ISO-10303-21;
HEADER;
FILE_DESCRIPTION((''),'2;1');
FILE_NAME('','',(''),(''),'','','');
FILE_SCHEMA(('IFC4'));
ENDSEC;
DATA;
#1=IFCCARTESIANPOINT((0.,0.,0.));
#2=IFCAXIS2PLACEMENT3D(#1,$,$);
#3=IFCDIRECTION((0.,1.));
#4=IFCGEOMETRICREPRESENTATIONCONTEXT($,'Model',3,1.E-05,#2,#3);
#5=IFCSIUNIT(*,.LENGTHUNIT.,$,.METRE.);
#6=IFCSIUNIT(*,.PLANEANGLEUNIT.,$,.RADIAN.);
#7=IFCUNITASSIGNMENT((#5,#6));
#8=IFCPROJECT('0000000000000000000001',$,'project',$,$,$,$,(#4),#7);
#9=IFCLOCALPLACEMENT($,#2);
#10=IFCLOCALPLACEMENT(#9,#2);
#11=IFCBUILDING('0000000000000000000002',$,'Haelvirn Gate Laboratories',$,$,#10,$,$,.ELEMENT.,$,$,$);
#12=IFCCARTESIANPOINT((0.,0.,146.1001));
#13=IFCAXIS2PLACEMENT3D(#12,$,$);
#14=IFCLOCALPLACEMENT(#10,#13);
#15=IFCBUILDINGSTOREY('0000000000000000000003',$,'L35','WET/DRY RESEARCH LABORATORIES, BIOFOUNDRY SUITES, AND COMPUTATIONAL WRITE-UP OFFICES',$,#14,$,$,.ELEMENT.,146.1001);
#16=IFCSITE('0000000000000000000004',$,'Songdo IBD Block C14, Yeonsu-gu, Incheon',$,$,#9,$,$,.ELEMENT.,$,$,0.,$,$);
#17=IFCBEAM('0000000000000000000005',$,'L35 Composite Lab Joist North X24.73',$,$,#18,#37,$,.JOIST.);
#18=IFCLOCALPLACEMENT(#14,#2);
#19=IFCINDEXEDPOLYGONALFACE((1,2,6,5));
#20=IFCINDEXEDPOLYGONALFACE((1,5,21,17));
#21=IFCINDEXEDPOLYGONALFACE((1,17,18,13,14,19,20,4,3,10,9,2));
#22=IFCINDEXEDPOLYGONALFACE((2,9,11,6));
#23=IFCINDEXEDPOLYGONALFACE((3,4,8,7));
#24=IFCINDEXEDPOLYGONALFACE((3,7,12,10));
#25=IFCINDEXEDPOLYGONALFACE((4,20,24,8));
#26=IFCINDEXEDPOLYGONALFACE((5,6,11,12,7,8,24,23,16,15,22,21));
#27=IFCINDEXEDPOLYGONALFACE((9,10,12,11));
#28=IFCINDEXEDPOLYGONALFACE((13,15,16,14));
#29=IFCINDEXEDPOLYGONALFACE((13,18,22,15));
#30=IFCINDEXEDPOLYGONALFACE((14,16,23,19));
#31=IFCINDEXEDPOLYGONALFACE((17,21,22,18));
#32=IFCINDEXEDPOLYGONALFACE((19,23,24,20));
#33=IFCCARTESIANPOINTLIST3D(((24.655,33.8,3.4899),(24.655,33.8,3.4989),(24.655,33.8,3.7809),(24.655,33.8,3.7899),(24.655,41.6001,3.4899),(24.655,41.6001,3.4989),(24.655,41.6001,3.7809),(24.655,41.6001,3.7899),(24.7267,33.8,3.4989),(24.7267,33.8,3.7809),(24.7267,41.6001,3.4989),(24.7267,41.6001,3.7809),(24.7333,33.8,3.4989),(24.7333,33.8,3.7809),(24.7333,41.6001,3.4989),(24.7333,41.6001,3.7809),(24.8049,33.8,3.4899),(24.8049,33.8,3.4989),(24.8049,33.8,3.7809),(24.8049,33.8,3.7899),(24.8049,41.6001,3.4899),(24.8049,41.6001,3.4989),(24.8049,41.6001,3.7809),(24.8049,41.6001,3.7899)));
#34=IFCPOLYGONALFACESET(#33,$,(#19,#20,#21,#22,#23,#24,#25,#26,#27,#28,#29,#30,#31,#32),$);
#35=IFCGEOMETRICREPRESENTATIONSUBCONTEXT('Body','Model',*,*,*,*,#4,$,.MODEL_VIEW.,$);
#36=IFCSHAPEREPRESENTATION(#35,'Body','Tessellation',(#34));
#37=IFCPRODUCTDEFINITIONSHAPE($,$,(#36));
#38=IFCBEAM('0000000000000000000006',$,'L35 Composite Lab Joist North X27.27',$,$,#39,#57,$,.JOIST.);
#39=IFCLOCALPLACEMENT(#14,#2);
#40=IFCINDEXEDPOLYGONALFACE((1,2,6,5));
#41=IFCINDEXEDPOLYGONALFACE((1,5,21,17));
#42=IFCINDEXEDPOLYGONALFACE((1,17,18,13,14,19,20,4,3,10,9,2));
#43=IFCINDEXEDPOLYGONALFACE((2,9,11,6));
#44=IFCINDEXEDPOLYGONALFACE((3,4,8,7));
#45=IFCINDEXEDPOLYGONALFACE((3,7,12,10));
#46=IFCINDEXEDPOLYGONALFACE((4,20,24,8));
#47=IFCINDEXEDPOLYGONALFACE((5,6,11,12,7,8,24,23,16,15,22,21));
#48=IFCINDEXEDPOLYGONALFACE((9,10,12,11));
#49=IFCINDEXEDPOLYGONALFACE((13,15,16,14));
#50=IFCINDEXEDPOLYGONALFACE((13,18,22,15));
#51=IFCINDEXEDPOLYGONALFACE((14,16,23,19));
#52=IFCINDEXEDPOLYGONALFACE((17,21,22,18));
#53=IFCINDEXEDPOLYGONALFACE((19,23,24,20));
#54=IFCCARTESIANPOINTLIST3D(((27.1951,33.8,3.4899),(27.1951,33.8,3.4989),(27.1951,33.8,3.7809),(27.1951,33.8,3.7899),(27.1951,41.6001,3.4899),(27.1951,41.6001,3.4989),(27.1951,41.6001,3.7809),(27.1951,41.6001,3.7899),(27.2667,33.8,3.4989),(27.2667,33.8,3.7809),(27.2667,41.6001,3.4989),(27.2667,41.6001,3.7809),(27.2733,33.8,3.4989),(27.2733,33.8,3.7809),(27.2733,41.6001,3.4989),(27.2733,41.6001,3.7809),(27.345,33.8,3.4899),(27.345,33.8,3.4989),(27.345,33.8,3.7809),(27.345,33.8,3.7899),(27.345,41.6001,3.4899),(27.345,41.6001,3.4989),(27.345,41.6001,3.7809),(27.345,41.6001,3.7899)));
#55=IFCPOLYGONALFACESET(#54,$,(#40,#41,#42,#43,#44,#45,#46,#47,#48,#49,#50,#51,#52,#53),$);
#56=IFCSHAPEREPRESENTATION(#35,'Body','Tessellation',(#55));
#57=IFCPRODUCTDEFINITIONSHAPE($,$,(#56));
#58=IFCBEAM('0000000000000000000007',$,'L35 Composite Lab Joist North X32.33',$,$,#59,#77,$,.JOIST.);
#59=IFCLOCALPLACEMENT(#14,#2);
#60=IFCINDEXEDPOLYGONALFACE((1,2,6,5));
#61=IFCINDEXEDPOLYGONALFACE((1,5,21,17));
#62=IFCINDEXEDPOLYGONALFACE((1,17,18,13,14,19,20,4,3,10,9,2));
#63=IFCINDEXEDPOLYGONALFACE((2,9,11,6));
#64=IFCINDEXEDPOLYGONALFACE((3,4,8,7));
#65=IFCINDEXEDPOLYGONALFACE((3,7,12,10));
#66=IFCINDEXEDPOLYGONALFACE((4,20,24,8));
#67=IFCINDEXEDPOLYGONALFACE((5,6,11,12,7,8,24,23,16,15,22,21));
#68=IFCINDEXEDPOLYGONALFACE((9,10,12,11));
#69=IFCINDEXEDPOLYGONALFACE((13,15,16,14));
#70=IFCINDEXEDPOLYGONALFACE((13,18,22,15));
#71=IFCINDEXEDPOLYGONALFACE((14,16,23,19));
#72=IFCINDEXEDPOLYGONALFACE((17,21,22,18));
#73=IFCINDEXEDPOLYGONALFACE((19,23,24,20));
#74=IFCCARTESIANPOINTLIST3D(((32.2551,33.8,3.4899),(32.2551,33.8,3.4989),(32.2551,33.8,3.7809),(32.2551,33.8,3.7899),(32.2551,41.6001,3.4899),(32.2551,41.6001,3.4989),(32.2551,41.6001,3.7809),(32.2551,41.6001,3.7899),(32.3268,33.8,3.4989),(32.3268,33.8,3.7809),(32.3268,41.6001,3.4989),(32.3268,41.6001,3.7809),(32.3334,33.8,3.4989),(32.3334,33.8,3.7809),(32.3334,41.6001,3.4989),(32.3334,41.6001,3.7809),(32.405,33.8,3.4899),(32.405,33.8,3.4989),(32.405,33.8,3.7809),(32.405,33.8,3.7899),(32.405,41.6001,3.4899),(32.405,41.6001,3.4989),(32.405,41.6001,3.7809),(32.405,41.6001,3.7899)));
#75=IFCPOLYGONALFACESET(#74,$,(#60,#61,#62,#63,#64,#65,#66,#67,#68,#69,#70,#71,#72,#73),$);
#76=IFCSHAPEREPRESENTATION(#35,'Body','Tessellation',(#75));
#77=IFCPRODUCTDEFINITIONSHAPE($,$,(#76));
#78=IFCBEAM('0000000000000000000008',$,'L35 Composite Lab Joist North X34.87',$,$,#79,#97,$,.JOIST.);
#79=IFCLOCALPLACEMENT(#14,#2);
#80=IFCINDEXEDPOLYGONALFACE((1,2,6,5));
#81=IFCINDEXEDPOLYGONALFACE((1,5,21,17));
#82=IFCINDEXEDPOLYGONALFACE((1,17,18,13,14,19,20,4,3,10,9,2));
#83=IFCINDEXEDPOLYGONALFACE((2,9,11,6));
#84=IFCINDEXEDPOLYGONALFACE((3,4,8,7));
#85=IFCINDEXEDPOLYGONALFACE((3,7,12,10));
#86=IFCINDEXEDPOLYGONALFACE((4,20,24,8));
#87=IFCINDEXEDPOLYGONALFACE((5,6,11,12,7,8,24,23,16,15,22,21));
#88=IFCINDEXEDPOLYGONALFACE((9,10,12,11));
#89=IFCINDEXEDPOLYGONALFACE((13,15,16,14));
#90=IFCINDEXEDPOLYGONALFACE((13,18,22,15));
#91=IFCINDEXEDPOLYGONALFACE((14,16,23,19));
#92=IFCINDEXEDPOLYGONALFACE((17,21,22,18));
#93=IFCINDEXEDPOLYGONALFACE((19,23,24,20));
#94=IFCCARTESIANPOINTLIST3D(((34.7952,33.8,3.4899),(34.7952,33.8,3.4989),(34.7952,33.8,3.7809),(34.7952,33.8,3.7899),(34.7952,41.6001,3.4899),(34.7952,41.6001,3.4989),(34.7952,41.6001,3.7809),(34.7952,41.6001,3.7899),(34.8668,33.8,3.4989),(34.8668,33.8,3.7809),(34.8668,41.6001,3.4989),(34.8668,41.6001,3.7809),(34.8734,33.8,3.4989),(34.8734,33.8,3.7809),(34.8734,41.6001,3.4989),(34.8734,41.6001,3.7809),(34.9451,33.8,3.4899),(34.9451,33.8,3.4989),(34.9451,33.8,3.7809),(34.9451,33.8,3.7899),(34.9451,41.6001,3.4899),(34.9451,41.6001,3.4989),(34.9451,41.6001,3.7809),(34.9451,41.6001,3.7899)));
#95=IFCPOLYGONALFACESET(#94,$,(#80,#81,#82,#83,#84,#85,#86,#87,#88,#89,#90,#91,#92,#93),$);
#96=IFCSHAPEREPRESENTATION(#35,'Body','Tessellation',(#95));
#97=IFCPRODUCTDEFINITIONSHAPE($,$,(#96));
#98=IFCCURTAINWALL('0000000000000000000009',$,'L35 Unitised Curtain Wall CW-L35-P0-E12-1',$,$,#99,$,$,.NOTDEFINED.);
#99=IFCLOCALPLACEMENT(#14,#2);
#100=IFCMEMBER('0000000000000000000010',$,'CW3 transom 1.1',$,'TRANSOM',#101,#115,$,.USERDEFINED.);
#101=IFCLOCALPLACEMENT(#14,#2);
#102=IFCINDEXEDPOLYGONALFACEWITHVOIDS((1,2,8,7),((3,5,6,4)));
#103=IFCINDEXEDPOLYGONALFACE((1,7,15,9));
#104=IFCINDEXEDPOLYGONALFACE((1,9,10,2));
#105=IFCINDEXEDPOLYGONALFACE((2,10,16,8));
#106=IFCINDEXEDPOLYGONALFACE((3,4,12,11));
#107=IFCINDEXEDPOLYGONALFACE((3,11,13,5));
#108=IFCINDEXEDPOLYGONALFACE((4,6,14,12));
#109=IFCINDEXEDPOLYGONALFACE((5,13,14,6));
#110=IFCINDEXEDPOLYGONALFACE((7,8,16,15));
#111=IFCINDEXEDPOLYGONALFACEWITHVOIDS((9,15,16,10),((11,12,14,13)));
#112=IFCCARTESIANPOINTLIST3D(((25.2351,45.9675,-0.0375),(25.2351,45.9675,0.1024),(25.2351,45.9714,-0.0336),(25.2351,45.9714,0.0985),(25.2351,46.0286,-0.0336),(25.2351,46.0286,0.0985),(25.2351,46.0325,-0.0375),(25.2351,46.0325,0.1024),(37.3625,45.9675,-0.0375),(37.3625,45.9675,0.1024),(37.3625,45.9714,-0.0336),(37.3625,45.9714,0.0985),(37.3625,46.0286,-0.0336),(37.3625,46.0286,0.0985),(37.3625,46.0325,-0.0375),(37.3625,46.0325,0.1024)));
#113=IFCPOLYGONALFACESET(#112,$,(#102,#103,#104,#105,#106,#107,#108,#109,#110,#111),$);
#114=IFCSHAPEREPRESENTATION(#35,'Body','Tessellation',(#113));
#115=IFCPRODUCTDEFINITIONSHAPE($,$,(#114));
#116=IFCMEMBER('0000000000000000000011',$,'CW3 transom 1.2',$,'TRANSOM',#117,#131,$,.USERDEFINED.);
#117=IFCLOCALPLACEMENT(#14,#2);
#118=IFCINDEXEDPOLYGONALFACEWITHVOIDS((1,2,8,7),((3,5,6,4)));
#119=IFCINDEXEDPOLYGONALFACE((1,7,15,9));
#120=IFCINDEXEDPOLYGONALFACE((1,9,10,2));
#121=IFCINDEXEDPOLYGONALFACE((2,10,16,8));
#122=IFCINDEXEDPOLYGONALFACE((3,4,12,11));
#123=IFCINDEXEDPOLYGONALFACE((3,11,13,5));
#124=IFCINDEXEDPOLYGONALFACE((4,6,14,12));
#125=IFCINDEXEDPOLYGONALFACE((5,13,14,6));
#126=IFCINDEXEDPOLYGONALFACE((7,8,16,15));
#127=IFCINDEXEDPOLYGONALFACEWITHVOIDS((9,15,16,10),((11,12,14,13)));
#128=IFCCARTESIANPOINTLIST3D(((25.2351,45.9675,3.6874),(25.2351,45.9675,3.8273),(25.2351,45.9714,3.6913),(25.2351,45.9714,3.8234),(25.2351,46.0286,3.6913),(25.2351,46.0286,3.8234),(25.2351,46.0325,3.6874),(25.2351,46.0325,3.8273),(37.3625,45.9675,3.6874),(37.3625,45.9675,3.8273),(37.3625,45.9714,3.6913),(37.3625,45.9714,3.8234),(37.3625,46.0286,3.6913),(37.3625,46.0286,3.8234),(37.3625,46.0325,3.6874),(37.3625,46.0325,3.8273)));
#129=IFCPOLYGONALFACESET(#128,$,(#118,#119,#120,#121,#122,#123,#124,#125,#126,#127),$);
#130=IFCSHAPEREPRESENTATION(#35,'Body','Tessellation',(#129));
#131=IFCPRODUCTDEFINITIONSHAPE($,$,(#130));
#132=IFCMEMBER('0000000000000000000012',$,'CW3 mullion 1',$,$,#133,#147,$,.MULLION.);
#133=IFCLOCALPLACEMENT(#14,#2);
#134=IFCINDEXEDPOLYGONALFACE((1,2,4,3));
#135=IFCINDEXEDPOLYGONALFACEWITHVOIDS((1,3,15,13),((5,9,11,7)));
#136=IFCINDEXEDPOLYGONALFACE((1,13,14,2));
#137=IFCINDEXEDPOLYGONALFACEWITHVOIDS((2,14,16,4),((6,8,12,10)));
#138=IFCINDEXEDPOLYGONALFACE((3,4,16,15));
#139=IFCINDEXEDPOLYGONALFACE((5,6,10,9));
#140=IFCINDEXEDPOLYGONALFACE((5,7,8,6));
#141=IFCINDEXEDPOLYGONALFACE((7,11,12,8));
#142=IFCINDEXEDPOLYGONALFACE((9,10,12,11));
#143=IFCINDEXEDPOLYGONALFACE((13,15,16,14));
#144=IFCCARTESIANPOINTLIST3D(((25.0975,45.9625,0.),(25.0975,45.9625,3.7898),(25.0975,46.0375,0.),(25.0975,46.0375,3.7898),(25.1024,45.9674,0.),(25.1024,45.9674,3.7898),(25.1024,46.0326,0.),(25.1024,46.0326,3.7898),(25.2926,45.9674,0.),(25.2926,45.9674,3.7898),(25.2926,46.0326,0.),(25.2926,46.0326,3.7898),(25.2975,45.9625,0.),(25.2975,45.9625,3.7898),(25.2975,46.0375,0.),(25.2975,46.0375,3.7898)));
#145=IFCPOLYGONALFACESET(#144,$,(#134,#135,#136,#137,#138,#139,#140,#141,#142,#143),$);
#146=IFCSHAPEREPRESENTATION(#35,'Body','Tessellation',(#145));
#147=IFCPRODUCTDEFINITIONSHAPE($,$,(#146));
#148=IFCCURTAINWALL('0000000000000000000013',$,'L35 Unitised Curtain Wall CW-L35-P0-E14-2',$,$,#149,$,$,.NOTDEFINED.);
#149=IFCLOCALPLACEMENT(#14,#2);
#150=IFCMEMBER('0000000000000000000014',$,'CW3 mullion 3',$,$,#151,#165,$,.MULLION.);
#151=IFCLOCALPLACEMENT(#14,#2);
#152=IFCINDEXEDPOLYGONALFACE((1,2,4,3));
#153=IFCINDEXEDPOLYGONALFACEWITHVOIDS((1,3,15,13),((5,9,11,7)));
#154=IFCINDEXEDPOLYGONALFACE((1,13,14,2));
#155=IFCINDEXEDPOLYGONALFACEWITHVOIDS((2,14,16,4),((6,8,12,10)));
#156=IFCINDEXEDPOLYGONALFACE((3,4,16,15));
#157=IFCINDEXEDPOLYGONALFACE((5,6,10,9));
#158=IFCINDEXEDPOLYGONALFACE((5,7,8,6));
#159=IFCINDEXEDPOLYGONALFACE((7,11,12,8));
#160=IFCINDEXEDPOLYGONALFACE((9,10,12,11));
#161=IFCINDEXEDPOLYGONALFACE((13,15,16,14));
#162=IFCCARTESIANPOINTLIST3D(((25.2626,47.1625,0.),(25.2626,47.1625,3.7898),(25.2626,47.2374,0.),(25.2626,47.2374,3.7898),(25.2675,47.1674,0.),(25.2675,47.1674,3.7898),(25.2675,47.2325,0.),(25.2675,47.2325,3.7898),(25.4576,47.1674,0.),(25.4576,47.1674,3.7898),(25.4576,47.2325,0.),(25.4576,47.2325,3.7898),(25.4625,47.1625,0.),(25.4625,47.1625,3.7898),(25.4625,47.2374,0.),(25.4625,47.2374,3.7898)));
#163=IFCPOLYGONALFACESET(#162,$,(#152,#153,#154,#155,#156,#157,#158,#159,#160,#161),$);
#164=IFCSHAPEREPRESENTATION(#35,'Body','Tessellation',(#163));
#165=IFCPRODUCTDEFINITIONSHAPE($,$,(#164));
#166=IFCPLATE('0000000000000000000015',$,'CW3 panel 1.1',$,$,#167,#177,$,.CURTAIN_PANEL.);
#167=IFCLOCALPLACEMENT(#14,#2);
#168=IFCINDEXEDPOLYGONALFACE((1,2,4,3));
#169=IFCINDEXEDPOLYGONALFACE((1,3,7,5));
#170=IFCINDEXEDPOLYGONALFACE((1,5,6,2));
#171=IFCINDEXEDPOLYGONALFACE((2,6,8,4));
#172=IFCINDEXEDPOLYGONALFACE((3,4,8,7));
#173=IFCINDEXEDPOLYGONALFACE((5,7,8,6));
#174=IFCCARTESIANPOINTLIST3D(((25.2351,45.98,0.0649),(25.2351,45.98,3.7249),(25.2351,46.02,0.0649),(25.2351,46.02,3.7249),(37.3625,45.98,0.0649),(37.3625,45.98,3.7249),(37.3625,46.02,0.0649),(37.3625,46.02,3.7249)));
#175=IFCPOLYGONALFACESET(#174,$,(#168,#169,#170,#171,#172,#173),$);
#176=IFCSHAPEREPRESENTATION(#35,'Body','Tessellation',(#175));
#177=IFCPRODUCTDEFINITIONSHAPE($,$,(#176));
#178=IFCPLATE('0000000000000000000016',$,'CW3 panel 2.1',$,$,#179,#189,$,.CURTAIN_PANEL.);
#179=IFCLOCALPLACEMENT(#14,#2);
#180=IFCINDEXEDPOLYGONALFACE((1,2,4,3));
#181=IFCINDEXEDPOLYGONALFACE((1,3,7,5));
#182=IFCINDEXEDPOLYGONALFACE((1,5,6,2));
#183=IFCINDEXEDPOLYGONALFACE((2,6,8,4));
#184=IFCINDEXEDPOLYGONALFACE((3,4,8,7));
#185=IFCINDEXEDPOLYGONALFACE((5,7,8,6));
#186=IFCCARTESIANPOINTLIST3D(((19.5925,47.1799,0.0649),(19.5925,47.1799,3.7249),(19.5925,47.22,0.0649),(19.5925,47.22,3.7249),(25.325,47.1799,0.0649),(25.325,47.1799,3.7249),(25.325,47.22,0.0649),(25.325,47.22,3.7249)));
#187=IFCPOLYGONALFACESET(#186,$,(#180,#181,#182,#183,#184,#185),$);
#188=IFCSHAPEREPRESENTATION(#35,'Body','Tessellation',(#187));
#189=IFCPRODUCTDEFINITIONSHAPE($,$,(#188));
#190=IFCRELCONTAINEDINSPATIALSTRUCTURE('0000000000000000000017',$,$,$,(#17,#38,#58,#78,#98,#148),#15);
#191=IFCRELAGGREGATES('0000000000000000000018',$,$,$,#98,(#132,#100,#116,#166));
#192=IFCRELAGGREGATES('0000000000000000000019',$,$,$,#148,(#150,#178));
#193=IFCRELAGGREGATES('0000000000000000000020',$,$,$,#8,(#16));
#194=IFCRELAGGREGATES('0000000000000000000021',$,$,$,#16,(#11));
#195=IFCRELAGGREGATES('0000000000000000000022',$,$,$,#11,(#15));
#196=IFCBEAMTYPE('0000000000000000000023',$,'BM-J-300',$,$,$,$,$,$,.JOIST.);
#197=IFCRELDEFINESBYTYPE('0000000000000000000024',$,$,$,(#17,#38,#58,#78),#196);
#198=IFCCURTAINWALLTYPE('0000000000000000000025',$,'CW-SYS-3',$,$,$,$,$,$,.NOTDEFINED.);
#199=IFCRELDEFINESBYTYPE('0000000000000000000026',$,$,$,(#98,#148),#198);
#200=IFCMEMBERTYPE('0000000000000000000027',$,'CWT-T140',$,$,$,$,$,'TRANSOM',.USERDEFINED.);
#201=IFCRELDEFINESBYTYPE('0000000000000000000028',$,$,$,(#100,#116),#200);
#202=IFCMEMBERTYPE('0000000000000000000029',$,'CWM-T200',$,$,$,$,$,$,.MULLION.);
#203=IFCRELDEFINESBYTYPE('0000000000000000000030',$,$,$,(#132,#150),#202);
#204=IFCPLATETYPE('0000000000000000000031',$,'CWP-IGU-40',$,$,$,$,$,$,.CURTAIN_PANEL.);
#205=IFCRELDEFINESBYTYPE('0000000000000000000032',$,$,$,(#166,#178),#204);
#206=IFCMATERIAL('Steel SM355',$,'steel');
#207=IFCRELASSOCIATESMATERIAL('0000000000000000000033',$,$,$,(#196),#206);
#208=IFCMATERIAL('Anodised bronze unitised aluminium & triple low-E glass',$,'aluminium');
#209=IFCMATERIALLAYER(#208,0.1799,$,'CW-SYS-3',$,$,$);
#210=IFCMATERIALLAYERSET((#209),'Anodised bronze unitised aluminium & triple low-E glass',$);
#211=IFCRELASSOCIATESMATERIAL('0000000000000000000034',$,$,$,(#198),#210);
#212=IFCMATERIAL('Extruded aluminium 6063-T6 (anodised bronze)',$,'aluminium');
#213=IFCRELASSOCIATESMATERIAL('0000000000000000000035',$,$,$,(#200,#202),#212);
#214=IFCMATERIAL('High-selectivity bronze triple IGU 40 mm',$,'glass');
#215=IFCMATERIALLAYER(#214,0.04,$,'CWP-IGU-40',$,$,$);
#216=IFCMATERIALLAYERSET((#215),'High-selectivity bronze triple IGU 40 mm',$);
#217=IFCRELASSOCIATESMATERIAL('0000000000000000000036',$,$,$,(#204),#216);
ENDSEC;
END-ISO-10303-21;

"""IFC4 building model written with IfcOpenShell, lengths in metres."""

from ifc_helpers import new_model, si_unit, direction, frame, origin, origin_2d, place, context, subcontext, project, spatial, rectangle, hollow_rectangle, i_section, extrude, source, transform, mapped, material, layer, layer_set, material_profile, profile_set, type_object, type_shapes, element, aggregate, save


model = new_model("IFC4")

# Units and contexts
model_context = context("Model", 3, precision=1e-05, world=origin(), true_north=direction((0.0, 1.0)))
body_context = subcontext(model_context, "Body", "Model", "MODEL_VIEW")
ifc_project = project(units=[si_unit("LENGTHUNIT", "METRE"), si_unit("PLANEANGLEUNIT", "RADIAN")], contexts=[model_context])

# Site, building, storey
site_placement = place(None, origin())
site = spatial("IfcSite", under=ifc_project, at=site_placement, Name="Songdo IBD Block C14, Yeonsu-gu, Incheon", CompositionType="ELEMENT", RefElevation=0.0)
building_placement = place(site_placement, origin())
building = spatial("IfcBuilding", under=site, at=building_placement, Name="Haelvirn Gate Laboratories", CompositionType="ELEMENT")
storey_placement = place(building_placement, frame((0.0, 0.0, 146.1001)))
storey = spatial("IfcBuildingStorey", under=building, at=storey_placement, Name="L35", Description="WET/DRY RESEARCH LABORATORIES, BIOFOUNDRY SUITES, AND COMPUTATIONAL WRITE-UP OFFICES", CompositionType="ELEMENT", Elevation=146.1001)

# Shared definitions
ifc_material_1 = material(Name="Steel SM355", Category="steel")

# Beams
ifc_material_profile_1 = material_profile(ifc_material_1, i_section(OverallWidth=0.1499, OverallDepth=0.3, WebThickness=0.0066, FlangeThickness=0.009, at=origin_2d()), Name="H-300x150x6.5x9")
ifc_profile_set_1 = profile_set([ifc_material_profile_1], Name="Steel SM355")
beam_type_1 = type_object("IfcBeamType", Name="BM-J-300", PredefinedType="JOIST", material=ifc_profile_set_1)
shared_shape_1 = source(origin(), body_context, "Body", "SweptSolid", [
    extrude(i_section(OverallWidth=0.1499, OverallDepth=0.3, WebThickness=0.0066, FlangeThickness=0.009, at=origin_2d()), origin(), (0.0, 0.0, 1.0), 7.8),
])
type_shapes(beam_type_1, [shared_shape_1])
for number, where, z_axis, x_axis, name in (
    (1, (24.73, 33.8, 3.6399), (0.0, 1.0, 0.0), (-1.0, 0.0, 0.0), "L35 Composite Lab Joist North X24.73"),
    (2, (27.27, 33.8, 3.6399), (0.0, 1.0, 0.0), (-1.0, 0.0, 0.0), "L35 Composite Lab Joist North X27.27"),
    (3, (32.3301, 33.8, 3.6399), (0.0, 1.0, 0.0), (-1.0, 0.0, 0.0), "L35 Composite Lab Joist North X32.33"),
    (4, (34.8701, 33.8, 3.6399), (0.0, 1.0, 0.0), (-1.0, 0.0, 0.0), "L35 Composite Lab Joist North X34.87"),
):
    element("IfcBeam", number, at=place(storey_placement, frame(where, z_axis=z_axis, x_axis=x_axis)), inside=storey, type_object=beam_type_1, Name=name, PredefinedType="JOIST", context=body_context, shape_type="MappedRepresentation", body=[
        mapped(shared_shape_1, transform((0.0, 0.0, 0.0), scale=1.0)),
    ])

# Curtain wall, members
ifc_material_2 = material(Name="Anodised bronze unitised aluminium & triple low-E glass", Category="aluminium")
ifc_layer_1 = layer(ifc_material_2, 0.1799, Name="CW-SYS-3")
ifc_layer_set_1 = layer_set([ifc_layer_1], Name="Anodised bronze unitised aluminium & triple low-E glass")
curtain_wall_type = type_object("IfcCurtainWallType", Name="CW-SYS-3", PredefinedType="NOTDEFINED", material=ifc_layer_set_1)
curtain_wall_1_placement = place(storey_placement, origin())
curtain_wall_1 = element("IfcCurtainWall", 5, at=curtain_wall_1_placement, inside=storey, type_object=curtain_wall_type, Name="L35 Unitised Curtain Wall CW-L35-P0-E12-1", PredefinedType="NOTDEFINED")
ifc_material_3 = material(Name="Extruded aluminium 6063-T6 (anodised bronze)", Category="aluminium")
ifc_material_profile_2 = material_profile(ifc_material_3, hollow_rectangle(XDim=0.0649, YDim=0.1399, WallThickness=0.0039, at=origin_2d()), Name="CWT-140x65x4")
ifc_profile_set_2 = profile_set([ifc_material_profile_2], Name="Extruded aluminium 6063-T6 (anodised bronze)")
member_type_1 = type_object("IfcMemberType", Name="CWT-T140", ElementType="TRANSOM", PredefinedType="USERDEFINED", material=ifc_profile_set_2)
shared_shape_2 = source(origin(), body_context, "Body", "SweptSolid", [
    extrude(hollow_rectangle(XDim=0.0649, YDim=0.1399, WallThickness=0.0039, at=origin_2d()), origin(), (0.0, 0.0, 1.0), 12.1274),
])
type_shapes(member_type_1, [shared_shape_2])
member_1_placement = place(storey_placement, frame((25.2351, 46.0, 0.0325), z_axis=(1.0, 0.0, 0.0), x_axis=(0.0, 1.0, 0.0)))
member_1 = element("IfcMember", 6, at=member_1_placement, type_object=member_type_1, Name="CW3 transom 1.1", ObjectType="TRANSOM", PredefinedType="USERDEFINED", context=body_context, shape_type="MappedRepresentation", body=[
    mapped(shared_shape_2, transform((0.0, 0.0, 0.0), scale=1.0)),
])
member_2_placement = place(storey_placement, frame((25.2351, 46.0, 3.7573), z_axis=(1.0, 0.0, 0.0), x_axis=(0.0, 1.0, 0.0)))
member_2 = element("IfcMember", 7, at=member_2_placement, type_object=member_type_1, Name="CW3 transom 1.2", ObjectType="TRANSOM", PredefinedType="USERDEFINED", context=body_context, shape_type="MappedRepresentation", body=[
    mapped(shared_shape_2, transform((0.0, 0.0, 0.0), scale=1.0)),
])
ifc_material_profile_3 = material_profile(ifc_material_3, hollow_rectangle(XDim=0.075, YDim=0.2, WallThickness=0.0049, at=origin_2d()), Name="CWM-200x75x5")
ifc_profile_set_3 = profile_set([ifc_material_profile_3], Name="Extruded aluminium 6063-T6 (anodised bronze)")
member_type_2 = type_object("IfcMemberType", Name="CWM-T200", PredefinedType="MULLION", material=ifc_profile_set_3)
shared_shape_3 = source(origin(), body_context, "Body", "SweptSolid", [
    extrude(hollow_rectangle(XDim=0.075, YDim=0.2, WallThickness=0.0049, at=origin_2d()), origin(), (0.0, 0.0, 1.0), 3.7898),
])
type_shapes(member_type_2, [shared_shape_3])
member_3_placement = place(storey_placement, frame((25.1975, 46.0, 0.0), z_axis=(0.0, 0.0, 1.0), x_axis=(0.0, 1.0, 0.0)))
member_3 = element("IfcMember", 8, at=member_3_placement, type_object=member_type_2, Name="CW3 mullion 1", PredefinedType="MULLION", context=body_context, shape_type="MappedRepresentation", body=[
    mapped(shared_shape_3, transform((0.0, 0.0, 0.0), scale=1.0)),
])

# Curtain wall, member
curtain_wall_2_placement = place(storey_placement, origin())
curtain_wall_2 = element("IfcCurtainWall", 9, at=curtain_wall_2_placement, inside=storey, type_object=curtain_wall_type, Name="L35 Unitised Curtain Wall CW-L35-P0-E14-2", PredefinedType="NOTDEFINED")
member_4_placement = place(storey_placement, frame((25.3625, 47.2, 0.0), z_axis=(0.0, 0.0, 1.0), x_axis=(0.0, 1.0, 0.0)))
member_4 = element("IfcMember", 10, at=member_4_placement, type_object=member_type_2, Name="CW3 mullion 3", PredefinedType="MULLION", context=body_context, shape_type="MappedRepresentation", body=[
    mapped(shared_shape_3, transform((0.0, 0.0, 0.0), scale=1.0)),
])

# Plates
ifc_material_4 = material(Name="High-selectivity bronze triple IGU 40 mm", Category="glass")
ifc_layer_2 = layer(ifc_material_4, 0.04, Name="CWP-IGU-40")
ifc_layer_set_2 = layer_set([ifc_layer_2], Name="High-selectivity bronze triple IGU 40 mm")
plate_type = type_object("IfcPlateType", Name="CWP-IGU-40", PredefinedType="CURTAIN_PANEL", material=ifc_layer_set_2)
shared_shape_4 = source(origin(), body_context, "Body", "SweptSolid", [
    extrude(rectangle(XDim=12.1274, YDim=0.04, at=origin_2d()), origin(), (0.0, 0.0, 1.0), 3.6599),
])
plate_1_placement = place(storey_placement, frame((31.2988, 46.0, 0.0649), z_axis=(0.0, 0.0, 1.0), x_axis=(1.0, 0.0, 0.0)))
plate_1 = element("IfcPlate", 11, at=plate_1_placement, type_object=plate_type, Name="CW3 panel 1.1", PredefinedType="CURTAIN_PANEL", context=body_context, shape_type="MappedRepresentation", body=[
    mapped(shared_shape_4, transform((0.0, 0.0, 0.0), scale=1.0)),
])
aggregate(curtain_wall_1, [member_3, member_1, member_2, plate_1])
shared_shape_5 = source(origin(), body_context, "Body", "SweptSolid", [
    extrude(rectangle(XDim=5.7324, YDim=0.04, at=origin_2d()), origin(), (0.0, 0.0, 1.0), 3.6599),
])
type_shapes(plate_type, [shared_shape_4, shared_shape_5])
plate_2_placement = place(storey_placement, frame((22.4587, 47.2, 0.0649), z_axis=(0.0, 0.0, 1.0), x_axis=(1.0, 0.0, 0.0)))
plate_2 = element("IfcPlate", 12, at=plate_2_placement, type_object=plate_type, Name="CW3 panel 2.1", PredefinedType="CURTAIN_PANEL", context=body_context, shape_type="MappedRepresentation", body=[
    mapped(shared_shape_5, transform((0.0, 0.0, 0.0), scale=1.0)),
])
aggregate(curtain_wall_2, [member_4, plate_2])

save(model, "model.ifc")
